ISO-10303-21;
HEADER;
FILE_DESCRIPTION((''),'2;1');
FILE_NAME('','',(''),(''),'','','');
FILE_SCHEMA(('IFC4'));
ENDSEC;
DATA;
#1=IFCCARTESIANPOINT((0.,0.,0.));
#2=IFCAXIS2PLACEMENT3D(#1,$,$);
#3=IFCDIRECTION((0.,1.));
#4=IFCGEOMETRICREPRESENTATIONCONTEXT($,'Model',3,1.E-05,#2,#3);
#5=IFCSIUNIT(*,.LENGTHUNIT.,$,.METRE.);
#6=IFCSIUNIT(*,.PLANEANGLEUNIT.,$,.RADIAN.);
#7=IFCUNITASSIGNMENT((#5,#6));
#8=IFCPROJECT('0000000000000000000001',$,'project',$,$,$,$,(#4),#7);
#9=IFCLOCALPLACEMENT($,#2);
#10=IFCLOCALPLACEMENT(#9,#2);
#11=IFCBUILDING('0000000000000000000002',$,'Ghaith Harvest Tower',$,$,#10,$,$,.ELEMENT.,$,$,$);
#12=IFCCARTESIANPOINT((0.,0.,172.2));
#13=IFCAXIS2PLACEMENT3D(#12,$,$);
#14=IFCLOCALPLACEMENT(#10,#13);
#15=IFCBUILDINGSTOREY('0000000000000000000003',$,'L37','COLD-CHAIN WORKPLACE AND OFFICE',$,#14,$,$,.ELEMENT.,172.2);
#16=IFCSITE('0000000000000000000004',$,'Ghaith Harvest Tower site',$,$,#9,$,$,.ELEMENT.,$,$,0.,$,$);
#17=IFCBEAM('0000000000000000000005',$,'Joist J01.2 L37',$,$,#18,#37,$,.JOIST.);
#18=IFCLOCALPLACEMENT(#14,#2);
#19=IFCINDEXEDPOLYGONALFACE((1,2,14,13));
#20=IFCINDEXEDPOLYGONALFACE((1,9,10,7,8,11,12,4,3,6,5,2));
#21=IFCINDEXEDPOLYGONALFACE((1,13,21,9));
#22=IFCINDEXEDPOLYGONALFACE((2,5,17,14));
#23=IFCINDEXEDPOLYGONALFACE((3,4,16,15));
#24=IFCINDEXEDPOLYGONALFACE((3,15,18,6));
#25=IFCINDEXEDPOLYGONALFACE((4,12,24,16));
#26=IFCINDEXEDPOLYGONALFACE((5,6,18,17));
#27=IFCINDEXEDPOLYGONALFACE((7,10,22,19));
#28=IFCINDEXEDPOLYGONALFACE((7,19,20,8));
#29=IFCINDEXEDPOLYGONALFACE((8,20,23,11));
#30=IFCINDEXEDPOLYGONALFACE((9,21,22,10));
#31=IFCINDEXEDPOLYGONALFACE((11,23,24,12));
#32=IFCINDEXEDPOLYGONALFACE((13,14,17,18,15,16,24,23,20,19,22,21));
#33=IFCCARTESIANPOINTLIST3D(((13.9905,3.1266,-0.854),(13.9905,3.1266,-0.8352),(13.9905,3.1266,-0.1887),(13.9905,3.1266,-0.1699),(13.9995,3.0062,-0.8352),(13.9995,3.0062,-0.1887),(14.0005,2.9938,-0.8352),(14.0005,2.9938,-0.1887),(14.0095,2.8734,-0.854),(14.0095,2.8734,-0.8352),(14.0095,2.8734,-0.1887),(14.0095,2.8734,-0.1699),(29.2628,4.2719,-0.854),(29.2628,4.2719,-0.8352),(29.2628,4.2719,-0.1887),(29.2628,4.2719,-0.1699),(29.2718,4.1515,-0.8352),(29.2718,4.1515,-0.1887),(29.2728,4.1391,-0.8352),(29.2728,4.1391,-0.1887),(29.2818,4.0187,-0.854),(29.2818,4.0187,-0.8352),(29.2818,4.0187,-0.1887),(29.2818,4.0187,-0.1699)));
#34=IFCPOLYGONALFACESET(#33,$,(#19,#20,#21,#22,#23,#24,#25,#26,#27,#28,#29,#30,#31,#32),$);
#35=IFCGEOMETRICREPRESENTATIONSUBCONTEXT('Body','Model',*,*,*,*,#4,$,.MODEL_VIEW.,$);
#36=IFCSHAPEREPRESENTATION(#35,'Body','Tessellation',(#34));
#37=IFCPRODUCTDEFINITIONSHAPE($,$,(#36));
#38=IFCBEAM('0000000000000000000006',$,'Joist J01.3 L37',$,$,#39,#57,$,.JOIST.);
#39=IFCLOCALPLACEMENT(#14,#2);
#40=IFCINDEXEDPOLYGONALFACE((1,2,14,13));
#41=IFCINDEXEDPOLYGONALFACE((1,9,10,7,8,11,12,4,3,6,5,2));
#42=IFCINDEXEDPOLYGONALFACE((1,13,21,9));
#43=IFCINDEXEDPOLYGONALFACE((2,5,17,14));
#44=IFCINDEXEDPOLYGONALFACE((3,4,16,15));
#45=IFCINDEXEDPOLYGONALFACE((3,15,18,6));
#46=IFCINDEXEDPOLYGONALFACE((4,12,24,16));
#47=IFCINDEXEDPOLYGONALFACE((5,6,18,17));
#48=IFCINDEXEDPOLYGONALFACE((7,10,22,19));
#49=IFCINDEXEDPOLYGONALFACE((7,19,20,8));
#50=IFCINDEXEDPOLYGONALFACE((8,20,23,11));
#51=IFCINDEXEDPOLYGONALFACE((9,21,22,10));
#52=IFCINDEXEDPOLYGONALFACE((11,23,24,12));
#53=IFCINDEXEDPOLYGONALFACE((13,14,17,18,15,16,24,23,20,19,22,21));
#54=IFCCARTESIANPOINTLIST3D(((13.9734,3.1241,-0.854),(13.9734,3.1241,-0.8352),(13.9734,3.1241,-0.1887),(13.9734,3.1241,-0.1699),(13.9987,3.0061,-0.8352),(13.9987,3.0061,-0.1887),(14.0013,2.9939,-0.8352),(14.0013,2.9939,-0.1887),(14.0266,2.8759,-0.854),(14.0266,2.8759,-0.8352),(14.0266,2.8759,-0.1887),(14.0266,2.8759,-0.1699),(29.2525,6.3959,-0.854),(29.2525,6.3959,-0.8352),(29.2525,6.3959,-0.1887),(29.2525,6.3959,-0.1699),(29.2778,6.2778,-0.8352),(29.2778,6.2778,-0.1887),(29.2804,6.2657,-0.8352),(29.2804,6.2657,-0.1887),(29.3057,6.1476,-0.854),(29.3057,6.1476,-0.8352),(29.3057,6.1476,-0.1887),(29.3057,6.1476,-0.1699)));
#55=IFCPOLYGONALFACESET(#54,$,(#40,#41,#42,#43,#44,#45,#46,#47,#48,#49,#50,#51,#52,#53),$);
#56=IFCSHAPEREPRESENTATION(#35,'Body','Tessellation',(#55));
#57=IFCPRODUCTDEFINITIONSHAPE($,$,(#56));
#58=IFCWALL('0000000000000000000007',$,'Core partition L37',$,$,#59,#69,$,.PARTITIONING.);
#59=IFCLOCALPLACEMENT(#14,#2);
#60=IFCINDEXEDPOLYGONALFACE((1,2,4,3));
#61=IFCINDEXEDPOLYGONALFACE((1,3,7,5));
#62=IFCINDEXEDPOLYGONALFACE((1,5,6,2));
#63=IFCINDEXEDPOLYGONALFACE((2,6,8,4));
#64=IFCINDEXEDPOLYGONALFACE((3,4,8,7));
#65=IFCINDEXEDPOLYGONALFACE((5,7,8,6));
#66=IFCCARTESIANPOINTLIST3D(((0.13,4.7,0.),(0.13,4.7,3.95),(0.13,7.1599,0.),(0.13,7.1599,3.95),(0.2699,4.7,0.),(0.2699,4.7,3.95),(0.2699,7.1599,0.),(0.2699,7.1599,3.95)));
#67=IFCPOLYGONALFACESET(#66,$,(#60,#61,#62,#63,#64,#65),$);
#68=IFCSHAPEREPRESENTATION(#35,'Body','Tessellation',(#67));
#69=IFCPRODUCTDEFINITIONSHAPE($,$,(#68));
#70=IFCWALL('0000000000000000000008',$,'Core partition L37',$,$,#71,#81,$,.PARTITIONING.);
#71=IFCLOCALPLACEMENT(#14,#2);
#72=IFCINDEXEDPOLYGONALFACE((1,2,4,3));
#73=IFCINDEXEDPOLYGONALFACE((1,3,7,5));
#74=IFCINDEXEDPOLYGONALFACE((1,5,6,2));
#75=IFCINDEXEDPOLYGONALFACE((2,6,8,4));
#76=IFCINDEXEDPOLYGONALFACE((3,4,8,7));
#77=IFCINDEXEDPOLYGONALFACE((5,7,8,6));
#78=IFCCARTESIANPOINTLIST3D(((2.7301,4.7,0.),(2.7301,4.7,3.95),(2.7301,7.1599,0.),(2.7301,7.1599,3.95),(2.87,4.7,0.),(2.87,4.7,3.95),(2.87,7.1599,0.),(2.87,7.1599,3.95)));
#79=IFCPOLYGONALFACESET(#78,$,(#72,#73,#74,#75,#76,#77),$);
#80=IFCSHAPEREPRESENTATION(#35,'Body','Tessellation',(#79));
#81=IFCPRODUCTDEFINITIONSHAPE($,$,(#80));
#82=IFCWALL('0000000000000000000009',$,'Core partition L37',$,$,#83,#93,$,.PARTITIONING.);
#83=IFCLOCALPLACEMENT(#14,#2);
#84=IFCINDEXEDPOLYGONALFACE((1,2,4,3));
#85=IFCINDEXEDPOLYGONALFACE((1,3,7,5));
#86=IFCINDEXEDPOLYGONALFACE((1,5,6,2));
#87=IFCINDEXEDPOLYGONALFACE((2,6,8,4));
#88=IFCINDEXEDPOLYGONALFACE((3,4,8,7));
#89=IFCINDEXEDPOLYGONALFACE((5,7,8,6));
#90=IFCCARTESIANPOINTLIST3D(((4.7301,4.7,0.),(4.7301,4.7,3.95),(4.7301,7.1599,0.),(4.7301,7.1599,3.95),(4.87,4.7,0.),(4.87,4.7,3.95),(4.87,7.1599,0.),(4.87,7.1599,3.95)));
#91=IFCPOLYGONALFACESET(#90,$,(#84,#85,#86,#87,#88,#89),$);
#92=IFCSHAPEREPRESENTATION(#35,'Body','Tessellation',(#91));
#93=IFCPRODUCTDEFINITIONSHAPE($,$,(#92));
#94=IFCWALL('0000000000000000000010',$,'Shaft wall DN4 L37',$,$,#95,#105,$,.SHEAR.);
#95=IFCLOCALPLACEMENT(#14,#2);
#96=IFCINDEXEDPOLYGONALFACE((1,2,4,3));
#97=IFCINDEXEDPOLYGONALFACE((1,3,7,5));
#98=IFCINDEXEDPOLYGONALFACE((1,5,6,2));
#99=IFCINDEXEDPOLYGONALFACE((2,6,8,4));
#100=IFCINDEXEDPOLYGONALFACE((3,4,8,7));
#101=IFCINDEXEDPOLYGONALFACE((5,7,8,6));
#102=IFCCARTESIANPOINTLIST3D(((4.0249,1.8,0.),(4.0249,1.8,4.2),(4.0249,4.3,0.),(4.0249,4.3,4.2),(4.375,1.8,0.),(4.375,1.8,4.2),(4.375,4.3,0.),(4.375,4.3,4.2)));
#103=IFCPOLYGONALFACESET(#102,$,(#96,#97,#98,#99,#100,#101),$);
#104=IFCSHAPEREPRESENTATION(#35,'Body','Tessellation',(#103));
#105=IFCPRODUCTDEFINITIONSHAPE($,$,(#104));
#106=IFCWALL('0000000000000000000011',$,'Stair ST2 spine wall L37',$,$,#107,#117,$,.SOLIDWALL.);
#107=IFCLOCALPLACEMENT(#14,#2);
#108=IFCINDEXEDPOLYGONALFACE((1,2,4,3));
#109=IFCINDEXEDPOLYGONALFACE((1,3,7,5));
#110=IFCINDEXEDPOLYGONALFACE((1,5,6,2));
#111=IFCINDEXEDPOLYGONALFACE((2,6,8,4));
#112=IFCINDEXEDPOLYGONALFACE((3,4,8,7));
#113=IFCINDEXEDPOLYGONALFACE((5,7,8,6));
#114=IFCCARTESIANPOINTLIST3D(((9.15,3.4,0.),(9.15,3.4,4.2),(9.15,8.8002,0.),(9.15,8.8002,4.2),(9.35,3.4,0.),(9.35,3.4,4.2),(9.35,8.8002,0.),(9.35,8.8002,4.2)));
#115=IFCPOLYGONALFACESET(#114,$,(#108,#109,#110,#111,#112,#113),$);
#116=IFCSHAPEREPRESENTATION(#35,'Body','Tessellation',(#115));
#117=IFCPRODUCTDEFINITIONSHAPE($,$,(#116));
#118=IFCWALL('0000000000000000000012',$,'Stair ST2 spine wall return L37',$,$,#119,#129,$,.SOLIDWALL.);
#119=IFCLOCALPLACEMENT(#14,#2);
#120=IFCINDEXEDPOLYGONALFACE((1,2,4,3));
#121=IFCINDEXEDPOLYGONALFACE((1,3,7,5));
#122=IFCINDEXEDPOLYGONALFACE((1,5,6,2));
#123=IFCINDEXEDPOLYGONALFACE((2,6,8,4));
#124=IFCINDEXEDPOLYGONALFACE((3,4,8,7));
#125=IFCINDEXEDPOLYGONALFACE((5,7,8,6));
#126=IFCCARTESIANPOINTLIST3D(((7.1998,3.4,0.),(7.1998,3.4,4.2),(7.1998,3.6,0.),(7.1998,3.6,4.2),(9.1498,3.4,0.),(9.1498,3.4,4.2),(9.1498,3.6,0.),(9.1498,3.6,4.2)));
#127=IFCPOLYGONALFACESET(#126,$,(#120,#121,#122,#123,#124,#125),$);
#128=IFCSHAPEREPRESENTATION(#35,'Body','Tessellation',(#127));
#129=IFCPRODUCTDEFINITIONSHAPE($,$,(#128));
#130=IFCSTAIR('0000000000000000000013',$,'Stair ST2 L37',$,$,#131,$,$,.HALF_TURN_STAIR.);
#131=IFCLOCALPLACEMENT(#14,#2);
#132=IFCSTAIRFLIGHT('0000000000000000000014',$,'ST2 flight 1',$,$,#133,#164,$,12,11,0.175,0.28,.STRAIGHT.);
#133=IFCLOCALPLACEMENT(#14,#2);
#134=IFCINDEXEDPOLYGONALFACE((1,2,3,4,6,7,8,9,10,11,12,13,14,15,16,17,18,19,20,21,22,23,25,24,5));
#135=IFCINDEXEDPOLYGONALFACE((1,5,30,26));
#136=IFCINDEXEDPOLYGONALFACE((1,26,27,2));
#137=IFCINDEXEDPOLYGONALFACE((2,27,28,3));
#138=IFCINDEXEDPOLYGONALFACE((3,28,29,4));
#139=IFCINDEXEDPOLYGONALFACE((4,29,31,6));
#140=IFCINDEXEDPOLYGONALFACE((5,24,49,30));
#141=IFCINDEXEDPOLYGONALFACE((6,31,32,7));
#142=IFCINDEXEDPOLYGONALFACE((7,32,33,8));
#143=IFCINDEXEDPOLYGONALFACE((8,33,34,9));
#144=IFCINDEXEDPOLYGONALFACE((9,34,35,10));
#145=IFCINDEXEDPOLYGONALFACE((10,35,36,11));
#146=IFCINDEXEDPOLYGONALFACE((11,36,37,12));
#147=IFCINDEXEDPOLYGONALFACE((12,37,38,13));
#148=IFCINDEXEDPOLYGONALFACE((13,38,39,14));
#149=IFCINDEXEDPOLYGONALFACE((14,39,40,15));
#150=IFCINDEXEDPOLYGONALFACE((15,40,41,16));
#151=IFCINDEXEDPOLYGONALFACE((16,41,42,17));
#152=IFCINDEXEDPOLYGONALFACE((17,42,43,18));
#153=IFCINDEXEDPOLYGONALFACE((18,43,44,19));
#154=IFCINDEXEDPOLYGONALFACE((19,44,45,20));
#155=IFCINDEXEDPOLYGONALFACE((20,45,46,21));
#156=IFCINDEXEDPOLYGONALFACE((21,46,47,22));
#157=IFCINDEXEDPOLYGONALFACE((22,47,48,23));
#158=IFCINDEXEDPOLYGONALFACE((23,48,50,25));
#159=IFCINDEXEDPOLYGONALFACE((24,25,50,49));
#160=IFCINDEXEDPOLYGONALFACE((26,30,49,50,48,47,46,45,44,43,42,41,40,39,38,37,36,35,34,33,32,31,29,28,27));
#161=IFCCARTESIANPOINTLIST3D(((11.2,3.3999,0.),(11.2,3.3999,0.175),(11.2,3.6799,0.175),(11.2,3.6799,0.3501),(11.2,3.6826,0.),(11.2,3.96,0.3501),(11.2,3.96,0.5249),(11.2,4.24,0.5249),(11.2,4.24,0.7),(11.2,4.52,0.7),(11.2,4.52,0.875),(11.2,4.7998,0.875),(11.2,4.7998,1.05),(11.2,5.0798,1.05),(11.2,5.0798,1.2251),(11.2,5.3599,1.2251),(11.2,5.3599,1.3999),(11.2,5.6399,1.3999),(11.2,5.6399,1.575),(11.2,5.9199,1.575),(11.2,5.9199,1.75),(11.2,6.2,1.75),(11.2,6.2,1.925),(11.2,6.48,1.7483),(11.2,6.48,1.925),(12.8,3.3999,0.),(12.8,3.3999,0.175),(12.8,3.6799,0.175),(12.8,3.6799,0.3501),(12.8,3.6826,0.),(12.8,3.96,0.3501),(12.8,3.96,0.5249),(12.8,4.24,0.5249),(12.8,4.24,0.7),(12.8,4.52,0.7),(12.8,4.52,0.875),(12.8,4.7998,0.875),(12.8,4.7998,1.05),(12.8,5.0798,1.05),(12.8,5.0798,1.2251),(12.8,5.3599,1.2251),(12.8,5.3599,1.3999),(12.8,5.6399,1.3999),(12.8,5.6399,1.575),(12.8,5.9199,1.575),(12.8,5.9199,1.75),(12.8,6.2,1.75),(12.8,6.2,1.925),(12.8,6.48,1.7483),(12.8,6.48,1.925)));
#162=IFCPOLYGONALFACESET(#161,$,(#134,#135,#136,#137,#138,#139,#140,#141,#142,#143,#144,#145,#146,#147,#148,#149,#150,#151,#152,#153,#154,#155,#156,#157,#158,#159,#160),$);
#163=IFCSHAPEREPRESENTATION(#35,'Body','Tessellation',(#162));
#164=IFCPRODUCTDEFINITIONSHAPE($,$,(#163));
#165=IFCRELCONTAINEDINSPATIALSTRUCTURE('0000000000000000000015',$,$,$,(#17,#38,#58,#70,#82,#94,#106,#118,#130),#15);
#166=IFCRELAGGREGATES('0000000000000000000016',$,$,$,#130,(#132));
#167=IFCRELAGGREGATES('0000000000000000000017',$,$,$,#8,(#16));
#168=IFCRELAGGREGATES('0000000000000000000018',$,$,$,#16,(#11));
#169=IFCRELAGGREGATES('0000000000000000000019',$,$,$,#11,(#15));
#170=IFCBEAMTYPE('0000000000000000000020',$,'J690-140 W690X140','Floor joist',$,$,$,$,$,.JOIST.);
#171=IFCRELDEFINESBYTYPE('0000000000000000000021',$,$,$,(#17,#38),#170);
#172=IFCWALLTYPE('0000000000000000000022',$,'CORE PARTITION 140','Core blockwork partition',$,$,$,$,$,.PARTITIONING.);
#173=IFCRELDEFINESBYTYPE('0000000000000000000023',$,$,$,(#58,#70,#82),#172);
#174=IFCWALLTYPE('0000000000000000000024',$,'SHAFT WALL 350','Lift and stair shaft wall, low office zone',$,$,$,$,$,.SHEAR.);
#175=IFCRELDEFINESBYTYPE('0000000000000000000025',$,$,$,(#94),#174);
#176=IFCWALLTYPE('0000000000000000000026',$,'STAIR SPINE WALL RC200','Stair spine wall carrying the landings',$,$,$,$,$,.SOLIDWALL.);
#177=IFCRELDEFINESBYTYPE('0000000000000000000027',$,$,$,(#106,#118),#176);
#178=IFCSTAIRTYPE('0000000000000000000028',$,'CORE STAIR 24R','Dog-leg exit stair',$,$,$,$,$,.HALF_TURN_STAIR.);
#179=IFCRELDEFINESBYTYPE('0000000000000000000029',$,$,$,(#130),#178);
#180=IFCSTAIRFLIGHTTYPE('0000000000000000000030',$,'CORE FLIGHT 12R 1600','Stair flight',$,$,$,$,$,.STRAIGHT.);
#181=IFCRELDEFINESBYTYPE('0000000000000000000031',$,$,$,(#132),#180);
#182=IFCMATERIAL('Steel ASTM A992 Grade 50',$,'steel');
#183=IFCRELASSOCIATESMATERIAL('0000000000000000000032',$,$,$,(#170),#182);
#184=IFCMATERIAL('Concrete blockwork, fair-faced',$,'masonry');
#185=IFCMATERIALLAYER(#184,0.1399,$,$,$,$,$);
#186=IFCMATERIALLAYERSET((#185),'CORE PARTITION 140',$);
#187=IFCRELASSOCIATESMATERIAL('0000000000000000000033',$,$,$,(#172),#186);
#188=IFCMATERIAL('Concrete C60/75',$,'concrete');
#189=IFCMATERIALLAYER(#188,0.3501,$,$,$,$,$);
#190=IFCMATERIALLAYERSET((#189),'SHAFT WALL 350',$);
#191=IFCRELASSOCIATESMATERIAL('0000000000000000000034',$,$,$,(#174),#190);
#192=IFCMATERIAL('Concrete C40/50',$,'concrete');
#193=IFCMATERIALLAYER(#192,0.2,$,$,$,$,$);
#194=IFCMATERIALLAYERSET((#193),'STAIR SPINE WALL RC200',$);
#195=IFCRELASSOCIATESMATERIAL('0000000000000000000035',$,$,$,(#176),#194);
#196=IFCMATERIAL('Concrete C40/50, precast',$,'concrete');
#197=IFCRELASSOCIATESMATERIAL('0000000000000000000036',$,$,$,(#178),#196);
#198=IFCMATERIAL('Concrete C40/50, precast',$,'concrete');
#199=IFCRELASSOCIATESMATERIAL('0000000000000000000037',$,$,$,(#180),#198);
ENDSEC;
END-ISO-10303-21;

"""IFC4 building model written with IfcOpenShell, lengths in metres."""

from ifc_helpers import new_model, si_unit, direction, frame, frame_2d, origin, origin_2d, place, context, subcontext, project, spatial, polyline, rectangle, i_section, outline, extrude, material, layer, layer_set, material_profile, profile_set, type_object, element, aggregate, save


model = new_model("IFC4")

# Units and contexts
model_context = context("Model", 3, precision=1e-05, world=origin(), true_north=direction((0.0, 1.0)))
body_context = subcontext(model_context, "Body", "Model", "MODEL_VIEW")
ifc_project = project(units=[si_unit("LENGTHUNIT", "METRE"), si_unit("PLANEANGLEUNIT", "RADIAN")], contexts=[model_context])

# Site, building, storey
site_placement = place(None, origin())
site = spatial("IfcSite", under=ifc_project, at=site_placement, Name="Ghaith Harvest Tower site", CompositionType="ELEMENT", RefElevation=0.0)
building_placement = place(site_placement, origin())
building = spatial("IfcBuilding", under=site, at=building_placement, Name="Ghaith Harvest Tower", CompositionType="ELEMENT")
storey_placement = place(building_placement, frame((0.0, 0.0, 172.2)))
storey = spatial("IfcBuildingStorey", under=building, at=storey_placement, Name="L37", Description="COLD-CHAIN WORKPLACE AND OFFICE", CompositionType="ELEMENT", Elevation=172.2)

# Beams
ifc_material_1 = material(Name="Steel ASTM A992 Grade 50", Category="steel")
ifc_material_profile_1 = material_profile(ifc_material_1, i_section(OverallWidth=0.2539, OverallDepth=0.6841, WebThickness=0.0125, FlangeThickness=0.0188, at=origin_2d()), Name="W690X140")
ifc_profile_set_1 = profile_set([ifc_material_profile_1], Name="Steel ASTM A992 Grade 50")
beam_type_1 = type_object("IfcBeamType", Name="J690-140 W690X140", Description="Floor joist", PredefinedType="JOIST", material=ifc_profile_set_1)
beam_1_placement = place(storey_placement, frame((14.0, 3.0, -0.512), z_axis=(0.9972, 0.07478, 0.0), x_axis=(-0.07478, 0.9972, 0.0)))
element("IfcBeam", 1, at=beam_1_placement, inside=storey, type_object=beam_type_1, Name="Joist J01.2 L37", PredefinedType="JOIST", context=body_context, shape_type="SweptSolid", body=[
    extrude(i_section(OverallWidth=0.2539, OverallDepth=0.6841, WebThickness=0.0125, FlangeThickness=0.0188, at=origin_2d()), origin(), (0.0, 0.0, 1.0), 15.3152),
])
beam_2_placement = place(storey_placement, frame((14.0, 3.0, -0.512), z_axis=(0.977833, 0.209385, 0.0), x_axis=(-0.209385, 0.977833, 0.0)))
element("IfcBeam", 2, at=beam_2_placement, inside=storey, type_object=beam_type_1, Name="Joist J01.3 L37", PredefinedType="JOIST", context=body_context, shape_type="SweptSolid", body=[
    extrude(i_section(OverallWidth=0.2539, OverallDepth=0.6841, WebThickness=0.0125, FlangeThickness=0.0188, at=origin_2d()), origin(), (0.0, 0.0, 1.0), 15.6255),
])

# Walls
ifc_material_2 = material(Name="Concrete blockwork, fair-faced", Category="masonry")
ifc_layer_1 = layer(ifc_material_2, 0.1399)
ifc_layer_set_1 = layer_set([ifc_layer_1], Name="CORE PARTITION 140")
wall_type_1 = type_object("IfcWallType", Name="CORE PARTITION 140", Description="Core blockwork partition", PredefinedType="PARTITIONING", material=ifc_layer_set_1)
for number, where, z_axis, x_axis, name in (
    (3, (0.2, 4.7, 0.0), (0.0, 0.0, 1.0), (0.0, 1.0, 0.0), "Core partition L37"),
    (4, (2.8, 4.7, 0.0), (0.0, 0.0, 1.0), (0.0, 1.0, 0.0), "Core partition L37"),
    (5, (4.8, 4.7, 0.0), (0.0, 0.0, 1.0), (0.0, 1.0, 0.0), "Core partition L37"),
):
    element("IfcWall", number, at=place(storey_placement, frame(where, z_axis=z_axis, x_axis=x_axis)), inside=storey, type_object=wall_type_1, Name=name, PredefinedType="PARTITIONING", context=body_context, shape_type="SweptSolid", body=[
        extrude(rectangle(XDim=2.46, YDim=0.1399, at=frame_2d((1.23, 0.0))), origin(), (0.0, 0.0, 1.0), 3.95),
    ])

# Shared definitions
ifc_material_3 = material(Name="Concrete C60/75", Category="concrete")
ifc_layer_2 = layer(ifc_material_3, 0.3501)
ifc_layer_set_2 = layer_set([ifc_layer_2], Name="SHAFT WALL 350")
wall_type_2 = type_object("IfcWallType", Name="SHAFT WALL 350", Description="Lift and stair shaft wall, low office zone", PredefinedType="SHEAR", material=ifc_layer_set_2)

# Walls
wall_1_placement = place(storey_placement, frame((4.2, 1.8, 0.0), z_axis=(0.0, 0.0, 1.0), x_axis=(0.0, 1.0, 0.0)))
element("IfcWall", 6, at=wall_1_placement, inside=storey, type_object=wall_type_2, Name="Shaft wall DN4 L37", PredefinedType="SHEAR", context=body_context, shape_type="SweptSolid", body=[
    extrude(rectangle(XDim=2.5, YDim=0.3501, at=frame_2d((1.25, 0.0))), origin(), (0.0, 0.0, 1.0), 4.2),
])
ifc_material_4 = material(Name="Concrete C40/50", Category="concrete")
ifc_layer_3 = layer(ifc_material_4, 0.2)
ifc_layer_set_3 = layer_set([ifc_layer_3], Name="STAIR SPINE WALL RC200")
wall_type_3 = type_object("IfcWallType", Name="STAIR SPINE WALL RC200", Description="Stair spine wall carrying the landings", PredefinedType="SOLIDWALL", material=ifc_layer_set_3)
wall_2_placement = place(storey_placement, frame((9.25, 3.3999, 0.0), z_axis=(0.0, 0.0, 1.0), x_axis=(0.0, 1.0, 0.0)))
element("IfcWall", 7, at=wall_2_placement, inside=storey, type_object=wall_type_3, Name="Stair ST2 spine wall L37", PredefinedType="SOLIDWALL", context=body_context, shape_type="SweptSolid", body=[
    extrude(rectangle(XDim=5.4001, YDim=0.2, at=frame_2d((2.7002, 0.0))), origin(), (0.0, 0.0, 1.0), 4.2),
])
wall_3_placement = place(storey_placement, frame((9.1499, 3.5, 0.0), z_axis=(0.0, 0.0, 1.0), x_axis=(-1.0, 0.0, 0.0)))
element("IfcWall", 8, at=wall_3_placement, inside=storey, type_object=wall_type_3, Name="Stair ST2 spine wall return L37", PredefinedType="SOLIDWALL", context=body_context, shape_type="SweptSolid", body=[
    extrude(rectangle(XDim=1.95, YDim=0.2, at=frame_2d((0.9751, 0.0))), origin(), (0.0, 0.0, 1.0), 4.2),
])

# Stair, stair flight
ifc_material_5 = material(Name="Concrete C40/50, precast", Category="concrete")
stair_type = type_object("IfcStairType", Name="CORE STAIR 24R", Description="Dog-leg exit stair", PredefinedType="HALF_TURN_STAIR", material=ifc_material_5)
stair_placement = place(storey_placement, origin())
stair = element("IfcStair", 9, at=stair_placement, inside=storey, type_object=stair_type, Name="Stair ST2 L37", PredefinedType="HALF_TURN_STAIR")
ifc_material_6 = material(Name="Concrete C40/50, precast", Category="concrete")
stair_flight_type = type_object("IfcStairFlightType", Name="CORE FLIGHT 12R 1600", Description="Stair flight", PredefinedType="STRAIGHT", material=ifc_material_6)
stair_flight_1_placement = place(storey_placement, frame((12.0, 3.3999, 0.0), z_axis=(0.0, 0.0, 1.0), x_axis=(0.0, 1.0, 0.0)))
stair_flight_1 = element("IfcStairFlight", 10, at=stair_flight_1_placement, type_object=stair_flight_type, Name="ST2 flight 1", NumberOfRisers=12, NumberOfTreads=11, PredefinedType="STRAIGHT", RiserHeight=0.175, TreadLength=0.28, context=body_context, shape_type="SweptSolid", body=[
    extrude(outline(polyline([(0.0, 0.0), (0.0, 0.175), (0.28, 0.175), (0.28, 0.3501), (0.5601, 0.3501), (0.5601, 0.5249), (0.8401, 0.5249), (0.8401, 0.7), (1.1201, 0.7), (1.1201, 0.875), (1.3999, 0.875), (1.3999, 1.05), (1.6799, 1.05), (1.6799, 1.2251), (1.96, 1.2251), (1.96, 1.3999), (2.24, 1.3999), (2.24, 1.575), (2.52, 1.575), (2.52, 1.75), (2.8, 1.75), (2.8, 1.925), (3.0801, 1.925), (3.0801, 2.1001), (3.0801, 1.7483), (0.2827, 0.0), (0.0, 0.0)])), frame((0.0, 0.8, 0.0), z_axis=(0.0, -1.0, 0.0), x_axis=(1.0, 0.0, 0.0)), (0.0, 0.0, 1.0), 1.6001),
])
aggregate(stair, [stair_flight_1])

save(model, "model.ifc")
